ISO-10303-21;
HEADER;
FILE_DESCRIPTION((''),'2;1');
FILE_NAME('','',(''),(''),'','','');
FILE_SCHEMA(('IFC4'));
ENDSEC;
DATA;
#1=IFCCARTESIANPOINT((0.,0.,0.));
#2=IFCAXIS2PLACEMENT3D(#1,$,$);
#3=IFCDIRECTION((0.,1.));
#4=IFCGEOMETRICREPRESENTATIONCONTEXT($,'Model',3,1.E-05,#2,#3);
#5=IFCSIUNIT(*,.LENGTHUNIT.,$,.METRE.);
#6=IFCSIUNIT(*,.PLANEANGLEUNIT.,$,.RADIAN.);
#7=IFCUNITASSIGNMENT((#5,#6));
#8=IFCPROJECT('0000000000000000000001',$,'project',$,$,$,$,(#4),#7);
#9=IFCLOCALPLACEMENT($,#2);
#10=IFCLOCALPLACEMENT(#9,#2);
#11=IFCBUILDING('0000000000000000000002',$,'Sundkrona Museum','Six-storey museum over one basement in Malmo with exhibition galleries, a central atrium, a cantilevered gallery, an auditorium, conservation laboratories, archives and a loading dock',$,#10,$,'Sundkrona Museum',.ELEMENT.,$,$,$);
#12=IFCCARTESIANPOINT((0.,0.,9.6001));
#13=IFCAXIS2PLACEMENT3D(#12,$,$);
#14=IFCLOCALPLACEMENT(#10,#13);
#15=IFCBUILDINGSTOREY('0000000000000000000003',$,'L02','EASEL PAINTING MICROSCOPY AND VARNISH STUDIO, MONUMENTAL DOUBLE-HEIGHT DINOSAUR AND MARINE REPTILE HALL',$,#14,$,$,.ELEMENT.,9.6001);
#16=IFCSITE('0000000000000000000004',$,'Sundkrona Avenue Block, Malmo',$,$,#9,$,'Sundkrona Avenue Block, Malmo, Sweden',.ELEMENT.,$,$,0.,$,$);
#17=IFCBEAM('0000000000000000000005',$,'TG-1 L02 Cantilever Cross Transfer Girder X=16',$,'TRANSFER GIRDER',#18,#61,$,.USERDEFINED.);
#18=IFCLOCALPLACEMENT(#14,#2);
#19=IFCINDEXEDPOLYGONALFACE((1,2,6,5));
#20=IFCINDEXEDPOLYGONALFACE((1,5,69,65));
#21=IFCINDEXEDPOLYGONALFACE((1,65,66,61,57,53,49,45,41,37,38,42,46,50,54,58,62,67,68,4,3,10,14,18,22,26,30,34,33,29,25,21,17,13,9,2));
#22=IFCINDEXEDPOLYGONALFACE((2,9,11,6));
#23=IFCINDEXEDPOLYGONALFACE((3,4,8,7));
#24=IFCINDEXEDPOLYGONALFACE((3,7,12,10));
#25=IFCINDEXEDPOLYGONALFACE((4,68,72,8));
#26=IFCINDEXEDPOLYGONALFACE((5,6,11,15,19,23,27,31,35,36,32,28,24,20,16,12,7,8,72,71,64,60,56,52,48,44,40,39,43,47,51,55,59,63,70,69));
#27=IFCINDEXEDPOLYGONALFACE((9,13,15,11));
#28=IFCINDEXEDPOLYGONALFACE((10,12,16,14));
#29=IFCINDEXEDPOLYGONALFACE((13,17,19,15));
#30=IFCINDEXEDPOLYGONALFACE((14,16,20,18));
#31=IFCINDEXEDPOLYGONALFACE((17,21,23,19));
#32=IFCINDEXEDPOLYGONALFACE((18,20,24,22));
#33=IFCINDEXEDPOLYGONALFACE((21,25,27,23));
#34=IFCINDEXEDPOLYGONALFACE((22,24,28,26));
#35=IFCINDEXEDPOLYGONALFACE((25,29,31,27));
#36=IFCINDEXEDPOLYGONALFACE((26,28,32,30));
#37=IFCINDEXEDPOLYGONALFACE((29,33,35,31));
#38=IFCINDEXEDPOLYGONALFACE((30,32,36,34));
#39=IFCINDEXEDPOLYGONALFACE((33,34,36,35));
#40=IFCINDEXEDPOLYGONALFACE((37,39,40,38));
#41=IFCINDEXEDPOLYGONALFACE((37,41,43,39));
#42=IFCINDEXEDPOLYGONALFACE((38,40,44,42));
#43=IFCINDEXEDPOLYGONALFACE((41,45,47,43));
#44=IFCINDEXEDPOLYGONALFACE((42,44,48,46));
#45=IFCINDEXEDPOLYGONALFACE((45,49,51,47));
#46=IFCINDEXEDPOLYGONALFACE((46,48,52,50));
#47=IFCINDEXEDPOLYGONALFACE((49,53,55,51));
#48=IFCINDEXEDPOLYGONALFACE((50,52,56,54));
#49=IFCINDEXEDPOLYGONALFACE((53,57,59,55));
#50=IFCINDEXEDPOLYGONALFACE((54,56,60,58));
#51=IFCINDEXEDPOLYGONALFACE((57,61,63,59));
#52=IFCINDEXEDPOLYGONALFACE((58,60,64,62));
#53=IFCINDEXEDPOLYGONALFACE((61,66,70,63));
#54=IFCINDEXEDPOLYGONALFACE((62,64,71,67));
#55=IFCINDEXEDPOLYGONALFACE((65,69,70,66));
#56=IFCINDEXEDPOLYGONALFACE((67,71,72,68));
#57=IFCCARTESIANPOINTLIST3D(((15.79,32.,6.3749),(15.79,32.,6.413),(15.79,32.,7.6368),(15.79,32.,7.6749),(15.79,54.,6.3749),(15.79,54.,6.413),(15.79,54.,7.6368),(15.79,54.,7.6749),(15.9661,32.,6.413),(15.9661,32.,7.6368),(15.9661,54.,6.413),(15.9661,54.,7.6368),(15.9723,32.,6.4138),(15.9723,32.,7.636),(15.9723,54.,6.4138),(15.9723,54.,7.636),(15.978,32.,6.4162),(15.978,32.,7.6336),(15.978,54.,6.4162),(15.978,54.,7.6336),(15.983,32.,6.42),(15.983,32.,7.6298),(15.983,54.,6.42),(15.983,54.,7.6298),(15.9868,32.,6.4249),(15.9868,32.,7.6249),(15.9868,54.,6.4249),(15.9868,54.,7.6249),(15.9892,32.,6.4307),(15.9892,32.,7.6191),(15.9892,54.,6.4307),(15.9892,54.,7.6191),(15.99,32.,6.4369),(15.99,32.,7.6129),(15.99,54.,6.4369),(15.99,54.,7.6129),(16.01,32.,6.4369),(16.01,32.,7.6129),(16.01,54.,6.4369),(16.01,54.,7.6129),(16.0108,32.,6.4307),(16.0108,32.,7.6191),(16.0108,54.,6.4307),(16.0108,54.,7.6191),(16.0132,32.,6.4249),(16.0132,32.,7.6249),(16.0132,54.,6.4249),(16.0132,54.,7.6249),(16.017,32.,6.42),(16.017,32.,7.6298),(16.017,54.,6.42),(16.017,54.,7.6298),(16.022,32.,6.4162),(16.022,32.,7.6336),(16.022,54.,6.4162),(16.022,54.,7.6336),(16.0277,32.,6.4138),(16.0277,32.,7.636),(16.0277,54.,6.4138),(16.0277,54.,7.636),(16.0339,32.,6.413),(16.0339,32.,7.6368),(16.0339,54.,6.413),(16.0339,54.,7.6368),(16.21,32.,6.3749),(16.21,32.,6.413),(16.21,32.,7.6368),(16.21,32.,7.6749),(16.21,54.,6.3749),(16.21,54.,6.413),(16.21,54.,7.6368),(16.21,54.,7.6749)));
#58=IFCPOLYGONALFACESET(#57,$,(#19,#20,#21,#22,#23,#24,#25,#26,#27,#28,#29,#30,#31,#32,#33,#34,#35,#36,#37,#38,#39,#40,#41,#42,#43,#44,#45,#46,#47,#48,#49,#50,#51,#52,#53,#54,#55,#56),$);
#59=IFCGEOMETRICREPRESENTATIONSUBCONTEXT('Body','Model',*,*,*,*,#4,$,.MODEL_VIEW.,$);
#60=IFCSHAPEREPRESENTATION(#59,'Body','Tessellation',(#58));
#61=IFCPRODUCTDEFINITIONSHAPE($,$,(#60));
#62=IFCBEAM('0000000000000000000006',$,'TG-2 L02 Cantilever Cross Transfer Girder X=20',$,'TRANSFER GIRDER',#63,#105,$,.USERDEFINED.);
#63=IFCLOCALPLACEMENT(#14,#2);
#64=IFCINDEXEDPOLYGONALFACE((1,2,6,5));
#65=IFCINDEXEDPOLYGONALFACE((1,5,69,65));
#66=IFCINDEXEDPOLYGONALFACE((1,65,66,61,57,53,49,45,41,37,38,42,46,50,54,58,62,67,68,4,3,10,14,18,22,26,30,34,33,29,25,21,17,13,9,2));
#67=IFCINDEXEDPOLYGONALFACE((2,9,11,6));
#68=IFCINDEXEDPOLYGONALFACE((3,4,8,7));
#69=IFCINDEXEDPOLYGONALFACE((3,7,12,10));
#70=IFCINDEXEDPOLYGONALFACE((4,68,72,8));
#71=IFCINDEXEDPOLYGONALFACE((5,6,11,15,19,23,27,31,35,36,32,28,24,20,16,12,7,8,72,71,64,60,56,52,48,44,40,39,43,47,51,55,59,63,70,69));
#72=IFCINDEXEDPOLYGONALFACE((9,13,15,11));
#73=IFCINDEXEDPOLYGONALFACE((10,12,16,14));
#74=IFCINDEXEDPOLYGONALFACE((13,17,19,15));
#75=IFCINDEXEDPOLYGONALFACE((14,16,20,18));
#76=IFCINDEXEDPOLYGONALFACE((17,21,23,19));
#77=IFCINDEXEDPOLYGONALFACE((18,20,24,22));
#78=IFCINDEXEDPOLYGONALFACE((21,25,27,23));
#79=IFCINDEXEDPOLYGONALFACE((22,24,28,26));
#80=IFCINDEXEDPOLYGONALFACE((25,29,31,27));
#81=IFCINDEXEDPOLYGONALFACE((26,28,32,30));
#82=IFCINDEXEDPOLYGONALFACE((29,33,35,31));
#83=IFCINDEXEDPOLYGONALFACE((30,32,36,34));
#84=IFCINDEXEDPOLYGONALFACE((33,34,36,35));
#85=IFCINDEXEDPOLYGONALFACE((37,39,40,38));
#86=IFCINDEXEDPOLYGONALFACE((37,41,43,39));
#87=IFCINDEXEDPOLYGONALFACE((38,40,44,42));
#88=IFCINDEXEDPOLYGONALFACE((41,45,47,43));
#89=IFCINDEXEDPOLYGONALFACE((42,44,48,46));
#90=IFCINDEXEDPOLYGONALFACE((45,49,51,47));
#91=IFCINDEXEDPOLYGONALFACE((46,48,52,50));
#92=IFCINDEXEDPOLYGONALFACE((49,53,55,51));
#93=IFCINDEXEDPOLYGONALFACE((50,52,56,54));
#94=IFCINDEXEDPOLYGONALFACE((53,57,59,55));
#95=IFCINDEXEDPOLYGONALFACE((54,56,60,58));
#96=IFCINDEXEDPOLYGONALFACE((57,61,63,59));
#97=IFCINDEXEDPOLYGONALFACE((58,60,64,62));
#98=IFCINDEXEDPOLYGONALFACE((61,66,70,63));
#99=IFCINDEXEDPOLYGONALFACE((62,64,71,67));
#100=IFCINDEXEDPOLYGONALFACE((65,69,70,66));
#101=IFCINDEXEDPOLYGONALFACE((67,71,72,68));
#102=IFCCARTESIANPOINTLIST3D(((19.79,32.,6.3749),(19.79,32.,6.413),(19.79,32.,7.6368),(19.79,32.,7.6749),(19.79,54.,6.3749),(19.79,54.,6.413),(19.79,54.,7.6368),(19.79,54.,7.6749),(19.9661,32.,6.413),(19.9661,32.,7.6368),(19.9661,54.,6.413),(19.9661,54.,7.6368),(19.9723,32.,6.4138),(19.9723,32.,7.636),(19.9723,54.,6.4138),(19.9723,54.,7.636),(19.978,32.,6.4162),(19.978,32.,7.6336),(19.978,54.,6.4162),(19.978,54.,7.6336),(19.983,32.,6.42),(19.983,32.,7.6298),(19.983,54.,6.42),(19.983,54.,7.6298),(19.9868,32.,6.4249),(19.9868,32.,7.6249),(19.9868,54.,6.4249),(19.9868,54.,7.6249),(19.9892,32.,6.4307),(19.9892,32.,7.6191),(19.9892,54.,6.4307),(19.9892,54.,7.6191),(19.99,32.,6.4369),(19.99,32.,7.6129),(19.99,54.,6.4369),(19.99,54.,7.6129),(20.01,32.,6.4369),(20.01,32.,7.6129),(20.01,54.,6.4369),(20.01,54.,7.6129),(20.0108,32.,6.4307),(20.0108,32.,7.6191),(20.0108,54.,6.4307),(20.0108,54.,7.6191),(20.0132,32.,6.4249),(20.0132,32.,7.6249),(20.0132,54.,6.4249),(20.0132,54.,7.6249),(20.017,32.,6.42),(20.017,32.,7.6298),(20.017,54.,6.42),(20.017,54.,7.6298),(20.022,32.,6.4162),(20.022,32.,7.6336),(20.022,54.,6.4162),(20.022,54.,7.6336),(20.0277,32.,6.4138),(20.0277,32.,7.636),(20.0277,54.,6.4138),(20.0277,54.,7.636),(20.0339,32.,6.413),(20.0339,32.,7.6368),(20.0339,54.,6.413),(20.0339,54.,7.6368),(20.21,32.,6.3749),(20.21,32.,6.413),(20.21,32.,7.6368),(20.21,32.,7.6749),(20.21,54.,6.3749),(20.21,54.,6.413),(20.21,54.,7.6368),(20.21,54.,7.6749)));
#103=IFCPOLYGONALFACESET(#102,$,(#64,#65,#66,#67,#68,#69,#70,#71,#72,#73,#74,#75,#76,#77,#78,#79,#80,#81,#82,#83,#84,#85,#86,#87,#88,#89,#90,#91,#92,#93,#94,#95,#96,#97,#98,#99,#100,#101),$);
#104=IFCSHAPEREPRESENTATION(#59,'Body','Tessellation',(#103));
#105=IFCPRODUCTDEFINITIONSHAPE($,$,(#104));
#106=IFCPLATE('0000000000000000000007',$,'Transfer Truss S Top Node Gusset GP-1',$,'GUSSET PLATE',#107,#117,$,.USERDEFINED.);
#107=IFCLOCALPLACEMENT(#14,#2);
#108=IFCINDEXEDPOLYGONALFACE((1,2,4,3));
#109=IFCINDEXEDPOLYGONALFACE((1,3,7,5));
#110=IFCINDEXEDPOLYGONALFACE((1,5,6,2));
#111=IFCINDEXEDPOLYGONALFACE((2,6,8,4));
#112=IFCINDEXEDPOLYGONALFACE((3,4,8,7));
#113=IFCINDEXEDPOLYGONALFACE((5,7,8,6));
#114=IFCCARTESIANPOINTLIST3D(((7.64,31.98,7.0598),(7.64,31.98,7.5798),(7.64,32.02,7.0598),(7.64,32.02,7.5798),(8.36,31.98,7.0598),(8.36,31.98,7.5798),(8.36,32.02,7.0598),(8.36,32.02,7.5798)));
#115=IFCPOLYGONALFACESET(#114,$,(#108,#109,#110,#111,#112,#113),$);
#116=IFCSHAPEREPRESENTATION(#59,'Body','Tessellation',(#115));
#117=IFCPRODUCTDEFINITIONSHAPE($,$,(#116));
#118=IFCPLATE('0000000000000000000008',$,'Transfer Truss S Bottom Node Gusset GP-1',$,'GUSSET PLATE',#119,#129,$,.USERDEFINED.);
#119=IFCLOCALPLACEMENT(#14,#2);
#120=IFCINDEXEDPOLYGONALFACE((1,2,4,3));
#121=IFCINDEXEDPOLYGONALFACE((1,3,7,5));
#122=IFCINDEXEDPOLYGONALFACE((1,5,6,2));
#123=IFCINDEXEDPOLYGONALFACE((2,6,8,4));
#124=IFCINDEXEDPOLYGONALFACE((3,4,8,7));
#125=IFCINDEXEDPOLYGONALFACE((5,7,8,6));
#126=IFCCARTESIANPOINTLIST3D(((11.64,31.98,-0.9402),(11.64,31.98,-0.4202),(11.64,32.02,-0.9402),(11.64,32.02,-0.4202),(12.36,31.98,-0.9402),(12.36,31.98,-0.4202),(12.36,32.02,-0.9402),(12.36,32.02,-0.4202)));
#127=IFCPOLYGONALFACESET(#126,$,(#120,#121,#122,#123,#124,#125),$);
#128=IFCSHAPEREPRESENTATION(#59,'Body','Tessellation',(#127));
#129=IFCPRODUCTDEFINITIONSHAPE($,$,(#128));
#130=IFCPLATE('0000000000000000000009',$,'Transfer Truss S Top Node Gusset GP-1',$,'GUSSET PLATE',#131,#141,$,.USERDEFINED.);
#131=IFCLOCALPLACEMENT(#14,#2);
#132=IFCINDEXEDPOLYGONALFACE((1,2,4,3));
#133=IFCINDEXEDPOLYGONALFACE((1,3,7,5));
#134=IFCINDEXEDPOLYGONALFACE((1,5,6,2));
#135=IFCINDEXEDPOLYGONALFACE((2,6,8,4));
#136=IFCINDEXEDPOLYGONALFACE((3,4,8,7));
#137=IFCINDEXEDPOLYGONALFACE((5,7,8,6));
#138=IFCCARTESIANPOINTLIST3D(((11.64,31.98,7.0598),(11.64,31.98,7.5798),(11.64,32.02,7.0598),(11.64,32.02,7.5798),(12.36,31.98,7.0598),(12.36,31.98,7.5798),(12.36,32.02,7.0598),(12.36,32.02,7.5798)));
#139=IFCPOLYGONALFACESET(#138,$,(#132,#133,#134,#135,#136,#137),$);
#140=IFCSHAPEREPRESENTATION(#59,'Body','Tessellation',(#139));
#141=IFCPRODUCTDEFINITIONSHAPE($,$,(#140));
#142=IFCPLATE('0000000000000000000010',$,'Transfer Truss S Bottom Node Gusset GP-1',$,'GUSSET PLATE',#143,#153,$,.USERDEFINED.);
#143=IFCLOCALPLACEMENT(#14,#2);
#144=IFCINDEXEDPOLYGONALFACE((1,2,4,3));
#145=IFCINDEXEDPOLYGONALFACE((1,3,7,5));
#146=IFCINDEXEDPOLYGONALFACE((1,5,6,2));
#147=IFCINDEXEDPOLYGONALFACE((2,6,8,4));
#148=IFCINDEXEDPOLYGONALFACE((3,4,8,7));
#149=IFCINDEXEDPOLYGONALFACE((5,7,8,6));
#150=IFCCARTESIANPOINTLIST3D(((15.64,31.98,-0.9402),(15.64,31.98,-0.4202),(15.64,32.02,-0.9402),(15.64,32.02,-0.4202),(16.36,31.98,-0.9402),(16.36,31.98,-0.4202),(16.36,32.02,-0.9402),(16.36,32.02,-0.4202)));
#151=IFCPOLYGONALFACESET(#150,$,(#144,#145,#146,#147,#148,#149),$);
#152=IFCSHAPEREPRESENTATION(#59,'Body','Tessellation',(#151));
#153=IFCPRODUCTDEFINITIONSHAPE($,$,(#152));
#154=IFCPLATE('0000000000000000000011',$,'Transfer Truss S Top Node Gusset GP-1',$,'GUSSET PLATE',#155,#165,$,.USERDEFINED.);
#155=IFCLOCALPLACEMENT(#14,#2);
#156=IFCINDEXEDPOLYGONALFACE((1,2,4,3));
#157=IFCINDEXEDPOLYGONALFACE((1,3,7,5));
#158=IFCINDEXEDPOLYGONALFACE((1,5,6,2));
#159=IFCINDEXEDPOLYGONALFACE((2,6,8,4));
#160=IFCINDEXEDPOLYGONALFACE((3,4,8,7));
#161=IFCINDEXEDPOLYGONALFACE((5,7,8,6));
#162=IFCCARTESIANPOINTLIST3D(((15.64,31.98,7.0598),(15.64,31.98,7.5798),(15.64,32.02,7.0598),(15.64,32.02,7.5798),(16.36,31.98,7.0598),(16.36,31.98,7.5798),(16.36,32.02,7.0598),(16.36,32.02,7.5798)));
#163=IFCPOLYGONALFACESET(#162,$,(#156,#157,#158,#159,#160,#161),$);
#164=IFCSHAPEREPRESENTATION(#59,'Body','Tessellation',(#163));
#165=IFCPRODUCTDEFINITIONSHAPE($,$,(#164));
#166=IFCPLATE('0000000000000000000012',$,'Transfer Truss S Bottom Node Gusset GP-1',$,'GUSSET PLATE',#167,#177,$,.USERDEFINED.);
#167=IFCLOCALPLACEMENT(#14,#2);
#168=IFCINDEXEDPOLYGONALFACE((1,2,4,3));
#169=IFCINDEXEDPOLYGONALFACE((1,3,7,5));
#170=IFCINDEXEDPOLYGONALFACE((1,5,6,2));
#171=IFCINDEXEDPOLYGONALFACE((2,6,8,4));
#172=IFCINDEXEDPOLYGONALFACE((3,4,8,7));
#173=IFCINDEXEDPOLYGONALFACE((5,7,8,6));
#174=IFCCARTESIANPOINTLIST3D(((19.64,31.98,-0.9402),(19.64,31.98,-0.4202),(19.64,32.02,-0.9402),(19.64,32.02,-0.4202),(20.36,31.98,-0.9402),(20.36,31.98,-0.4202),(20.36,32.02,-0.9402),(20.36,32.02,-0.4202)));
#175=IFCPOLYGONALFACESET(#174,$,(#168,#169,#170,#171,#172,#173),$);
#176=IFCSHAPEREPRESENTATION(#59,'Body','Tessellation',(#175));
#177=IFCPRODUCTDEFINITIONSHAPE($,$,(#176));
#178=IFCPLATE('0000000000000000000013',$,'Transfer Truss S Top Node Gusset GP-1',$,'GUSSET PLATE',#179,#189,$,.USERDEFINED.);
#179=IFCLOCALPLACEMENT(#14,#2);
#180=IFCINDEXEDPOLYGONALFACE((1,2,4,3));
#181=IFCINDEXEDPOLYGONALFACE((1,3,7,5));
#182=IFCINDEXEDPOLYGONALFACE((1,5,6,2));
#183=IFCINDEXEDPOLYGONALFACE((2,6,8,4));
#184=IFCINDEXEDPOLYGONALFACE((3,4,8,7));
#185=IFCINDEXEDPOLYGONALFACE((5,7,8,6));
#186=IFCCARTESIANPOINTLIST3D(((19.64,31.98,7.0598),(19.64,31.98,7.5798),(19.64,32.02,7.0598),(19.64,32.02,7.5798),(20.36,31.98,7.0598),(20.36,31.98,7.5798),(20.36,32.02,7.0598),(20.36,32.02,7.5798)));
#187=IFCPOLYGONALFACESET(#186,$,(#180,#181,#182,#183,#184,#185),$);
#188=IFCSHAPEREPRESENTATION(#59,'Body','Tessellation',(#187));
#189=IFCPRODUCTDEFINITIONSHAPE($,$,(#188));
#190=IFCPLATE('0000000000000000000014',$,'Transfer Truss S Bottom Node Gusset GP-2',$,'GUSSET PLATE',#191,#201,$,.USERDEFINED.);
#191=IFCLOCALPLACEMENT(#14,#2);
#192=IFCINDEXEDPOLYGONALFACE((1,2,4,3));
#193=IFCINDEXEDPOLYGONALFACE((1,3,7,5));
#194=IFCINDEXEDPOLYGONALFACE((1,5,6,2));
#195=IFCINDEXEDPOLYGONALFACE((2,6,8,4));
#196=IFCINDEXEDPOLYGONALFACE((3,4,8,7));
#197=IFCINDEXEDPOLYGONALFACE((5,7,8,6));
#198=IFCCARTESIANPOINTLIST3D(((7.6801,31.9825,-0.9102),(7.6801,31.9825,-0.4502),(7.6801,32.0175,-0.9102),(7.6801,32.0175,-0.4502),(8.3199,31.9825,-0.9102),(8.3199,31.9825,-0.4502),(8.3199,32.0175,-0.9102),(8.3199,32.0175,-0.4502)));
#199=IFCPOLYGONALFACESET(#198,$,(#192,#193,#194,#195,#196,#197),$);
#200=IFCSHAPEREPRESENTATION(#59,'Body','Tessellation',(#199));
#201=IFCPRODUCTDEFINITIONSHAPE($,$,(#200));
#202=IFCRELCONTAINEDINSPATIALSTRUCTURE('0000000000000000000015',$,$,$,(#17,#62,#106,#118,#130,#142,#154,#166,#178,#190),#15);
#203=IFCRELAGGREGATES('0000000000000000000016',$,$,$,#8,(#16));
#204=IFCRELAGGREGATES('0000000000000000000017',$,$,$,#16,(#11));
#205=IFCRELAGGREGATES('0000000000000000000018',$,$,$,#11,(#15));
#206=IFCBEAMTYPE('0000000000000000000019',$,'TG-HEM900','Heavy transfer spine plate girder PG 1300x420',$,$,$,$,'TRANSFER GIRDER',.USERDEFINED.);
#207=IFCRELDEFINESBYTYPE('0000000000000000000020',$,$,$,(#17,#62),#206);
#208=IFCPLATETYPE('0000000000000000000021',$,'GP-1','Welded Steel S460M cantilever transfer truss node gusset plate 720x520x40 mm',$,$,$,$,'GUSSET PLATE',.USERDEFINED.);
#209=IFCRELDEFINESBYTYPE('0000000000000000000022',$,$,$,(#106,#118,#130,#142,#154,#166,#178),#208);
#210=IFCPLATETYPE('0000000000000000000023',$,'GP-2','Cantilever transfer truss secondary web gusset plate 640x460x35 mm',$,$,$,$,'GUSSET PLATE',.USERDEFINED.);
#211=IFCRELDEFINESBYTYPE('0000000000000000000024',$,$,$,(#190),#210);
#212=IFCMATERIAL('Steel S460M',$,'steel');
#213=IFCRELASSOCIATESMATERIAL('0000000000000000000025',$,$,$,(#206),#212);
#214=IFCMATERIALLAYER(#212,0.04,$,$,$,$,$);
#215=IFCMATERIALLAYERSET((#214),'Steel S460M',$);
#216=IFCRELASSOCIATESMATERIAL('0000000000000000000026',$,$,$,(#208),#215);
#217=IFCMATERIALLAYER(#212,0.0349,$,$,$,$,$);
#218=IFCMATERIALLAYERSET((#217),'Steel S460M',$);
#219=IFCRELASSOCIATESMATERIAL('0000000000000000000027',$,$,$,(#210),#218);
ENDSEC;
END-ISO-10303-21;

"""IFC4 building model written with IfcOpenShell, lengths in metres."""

from ifc_helpers import new_model, si_unit, direction, frame, origin, origin_2d, place, context, subcontext, project, spatial, rectangle, i_section, extrude, material, layer, layer_set, material_profile, profile_set, type_object, element, save


model = new_model("IFC4")

# Units and contexts
model_context = context("Model", 3, precision=1e-05, world=origin(), true_north=direction((0.0, 1.0)))
body_context = subcontext(model_context, "Body", "Model", "MODEL_VIEW")
ifc_project = project(units=[si_unit("LENGTHUNIT", "METRE"), si_unit("PLANEANGLEUNIT", "RADIAN")], contexts=[model_context])

# Site, building, storey
site_placement = place(None, origin())
site = spatial("IfcSite", under=ifc_project, at=site_placement, Name="Sundkrona Avenue Block, Malmo", LongName="Sundkrona Avenue Block, Malmo, Sweden", CompositionType="ELEMENT", RefElevation=0.0)
building_placement = place(site_placement, origin())
building = spatial("IfcBuilding", under=site, at=building_placement, Name="Sundkrona Museum", Description="Six-storey museum over one basement in Malmo with exhibition galleries, a central atrium, a cantilevered gallery, an auditorium, conservation laboratories, archives and a loading dock", LongName="Sundkrona Museum", CompositionType="ELEMENT")
storey_placement = place(building_placement, frame((0.0, 0.0, 9.6001)))
storey = spatial("IfcBuildingStorey", under=building, at=storey_placement, Name="L02", Description="EASEL PAINTING MICROSCOPY AND VARNISH STUDIO, MONUMENTAL DOUBLE-HEIGHT DINOSAUR AND MARINE REPTILE HALL", CompositionType="ELEMENT", Elevation=9.6001)

# Shared definitions
ifc_material_1 = material(Name="Steel S460M", Category="steel")

# Beams
ifc_material_profile_1 = material_profile(ifc_material_1, i_section(OverallWidth=0.4199, OverallDepth=1.3, WebThickness=0.02, FlangeThickness=0.0381, FilletRadius=0.0239, at=origin_2d()), Name="PG 1300x420")
ifc_profile_set_1 = profile_set([ifc_material_profile_1], Name="Steel S460M")
beam_type_1 = type_object("IfcBeamType", Name="TG-HEM900", Description="Heavy transfer spine plate girder PG 1300x420", ElementType="TRANSFER GIRDER", PredefinedType="USERDEFINED", material=ifc_profile_set_1)
for number, where, z_axis, x_axis, name in (
    (1, (16.0, 32.0, 7.0249), (0.0, 1.0, 0.0), (-1.0, 0.0, 0.0), "TG-1 L02 Cantilever Cross Transfer Girder X=16"),
    (2, (20.0, 32.0, 7.0249), (0.0, 1.0, 0.0), (-1.0, 0.0, 0.0), "TG-2 L02 Cantilever Cross Transfer Girder X=20"),
):
    element("IfcBeam", number, at=place(storey_placement, frame(where, z_axis=z_axis, x_axis=x_axis)), inside=storey, type_object=beam_type_1, Name=name, ObjectType="TRANSFER GIRDER", PredefinedType="USERDEFINED", context=body_context, shape_type="SweptSolid", body=[
        extrude(i_section(OverallWidth=0.4199, OverallDepth=1.3, WebThickness=0.02, FlangeThickness=0.0381, FilletRadius=0.0239, at=origin_2d()), origin(), (0.0, 0.0, 1.0), 22.0),
    ])

# Plates
ifc_layer_1 = layer(ifc_material_1, 0.04)
ifc_layer_set_1 = layer_set([ifc_layer_1], Name="Steel S460M")
plate_type_1 = type_object("IfcPlateType", Name="GP-1", Description="Welded Steel S460M cantilever transfer truss node gusset plate 720x520x40 mm", ElementType="GUSSET PLATE", PredefinedType="USERDEFINED", material=ifc_layer_set_1)
for number, where, z_axis, x_axis, name in (
    (3, (8.0, 32.0, 7.0598), (0.0, 0.0, 1.0), (1.0, 0.0, 0.0), "Transfer Truss S Top Node Gusset GP-1"),
    (4, (12.0, 32.0, -0.9402), (0.0, 0.0, 1.0), (1.0, 0.0, 0.0), "Transfer Truss S Bottom Node Gusset GP-1"),
    (5, (12.0, 32.0, 7.0598), (0.0, 0.0, 1.0), (1.0, 0.0, 0.0), "Transfer Truss S Top Node Gusset GP-1"),
    (6, (16.0, 32.0, -0.9402), (0.0, 0.0, 1.0), (1.0, 0.0, 0.0), "Transfer Truss S Bottom Node Gusset GP-1"),
    (7, (16.0, 32.0, 7.0598), (0.0, 0.0, 1.0), (1.0, 0.0, 0.0), "Transfer Truss S Top Node Gusset GP-1"),
    (8, (20.0, 32.0, -0.9402), (0.0, 0.0, 1.0), (1.0, 0.0, 0.0), "Transfer Truss S Bottom Node Gusset GP-1"),
    (9, (20.0, 32.0, 7.0598), (0.0, 0.0, 1.0), (1.0, 0.0, 0.0), "Transfer Truss S Top Node Gusset GP-1"),
):
    element("IfcPlate", number, at=place(storey_placement, frame(where, z_axis=z_axis, x_axis=x_axis)), inside=storey, type_object=plate_type_1, Name=name, ObjectType="GUSSET PLATE", PredefinedType="USERDEFINED", context=body_context, shape_type="SweptSolid", body=[
        extrude(rectangle(XDim=0.72, YDim=0.04, at=origin_2d()), origin(), (0.0, 0.0, 1.0), 0.52),
    ])
ifc_layer_2 = layer(ifc_material_1, 0.0349)
ifc_layer_set_2 = layer_set([ifc_layer_2], Name="Steel S460M")
plate_type_2 = type_object("IfcPlateType", Name="GP-2", Description="Cantilever transfer truss secondary web gusset plate 640x460x35 mm", ElementType="GUSSET PLATE", PredefinedType="USERDEFINED", material=ifc_layer_set_2)
plate_placement = place(storey_placement, frame((8.0, 32.0, -0.9102), z_axis=(0.0, 0.0, 1.0), x_axis=(1.0, 0.0, 0.0)))
element("IfcPlate", 10, at=plate_placement, inside=storey, type_object=plate_type_2, Name="Transfer Truss S Bottom Node Gusset GP-2", ObjectType="GUSSET PLATE", PredefinedType="USERDEFINED", context=body_context, shape_type="SweptSolid", body=[
    extrude(rectangle(XDim=0.6399, YDim=0.0349, at=origin_2d()), origin(), (0.0, 0.0, 1.0), 0.46),
])

save(model, "model.ifc")
